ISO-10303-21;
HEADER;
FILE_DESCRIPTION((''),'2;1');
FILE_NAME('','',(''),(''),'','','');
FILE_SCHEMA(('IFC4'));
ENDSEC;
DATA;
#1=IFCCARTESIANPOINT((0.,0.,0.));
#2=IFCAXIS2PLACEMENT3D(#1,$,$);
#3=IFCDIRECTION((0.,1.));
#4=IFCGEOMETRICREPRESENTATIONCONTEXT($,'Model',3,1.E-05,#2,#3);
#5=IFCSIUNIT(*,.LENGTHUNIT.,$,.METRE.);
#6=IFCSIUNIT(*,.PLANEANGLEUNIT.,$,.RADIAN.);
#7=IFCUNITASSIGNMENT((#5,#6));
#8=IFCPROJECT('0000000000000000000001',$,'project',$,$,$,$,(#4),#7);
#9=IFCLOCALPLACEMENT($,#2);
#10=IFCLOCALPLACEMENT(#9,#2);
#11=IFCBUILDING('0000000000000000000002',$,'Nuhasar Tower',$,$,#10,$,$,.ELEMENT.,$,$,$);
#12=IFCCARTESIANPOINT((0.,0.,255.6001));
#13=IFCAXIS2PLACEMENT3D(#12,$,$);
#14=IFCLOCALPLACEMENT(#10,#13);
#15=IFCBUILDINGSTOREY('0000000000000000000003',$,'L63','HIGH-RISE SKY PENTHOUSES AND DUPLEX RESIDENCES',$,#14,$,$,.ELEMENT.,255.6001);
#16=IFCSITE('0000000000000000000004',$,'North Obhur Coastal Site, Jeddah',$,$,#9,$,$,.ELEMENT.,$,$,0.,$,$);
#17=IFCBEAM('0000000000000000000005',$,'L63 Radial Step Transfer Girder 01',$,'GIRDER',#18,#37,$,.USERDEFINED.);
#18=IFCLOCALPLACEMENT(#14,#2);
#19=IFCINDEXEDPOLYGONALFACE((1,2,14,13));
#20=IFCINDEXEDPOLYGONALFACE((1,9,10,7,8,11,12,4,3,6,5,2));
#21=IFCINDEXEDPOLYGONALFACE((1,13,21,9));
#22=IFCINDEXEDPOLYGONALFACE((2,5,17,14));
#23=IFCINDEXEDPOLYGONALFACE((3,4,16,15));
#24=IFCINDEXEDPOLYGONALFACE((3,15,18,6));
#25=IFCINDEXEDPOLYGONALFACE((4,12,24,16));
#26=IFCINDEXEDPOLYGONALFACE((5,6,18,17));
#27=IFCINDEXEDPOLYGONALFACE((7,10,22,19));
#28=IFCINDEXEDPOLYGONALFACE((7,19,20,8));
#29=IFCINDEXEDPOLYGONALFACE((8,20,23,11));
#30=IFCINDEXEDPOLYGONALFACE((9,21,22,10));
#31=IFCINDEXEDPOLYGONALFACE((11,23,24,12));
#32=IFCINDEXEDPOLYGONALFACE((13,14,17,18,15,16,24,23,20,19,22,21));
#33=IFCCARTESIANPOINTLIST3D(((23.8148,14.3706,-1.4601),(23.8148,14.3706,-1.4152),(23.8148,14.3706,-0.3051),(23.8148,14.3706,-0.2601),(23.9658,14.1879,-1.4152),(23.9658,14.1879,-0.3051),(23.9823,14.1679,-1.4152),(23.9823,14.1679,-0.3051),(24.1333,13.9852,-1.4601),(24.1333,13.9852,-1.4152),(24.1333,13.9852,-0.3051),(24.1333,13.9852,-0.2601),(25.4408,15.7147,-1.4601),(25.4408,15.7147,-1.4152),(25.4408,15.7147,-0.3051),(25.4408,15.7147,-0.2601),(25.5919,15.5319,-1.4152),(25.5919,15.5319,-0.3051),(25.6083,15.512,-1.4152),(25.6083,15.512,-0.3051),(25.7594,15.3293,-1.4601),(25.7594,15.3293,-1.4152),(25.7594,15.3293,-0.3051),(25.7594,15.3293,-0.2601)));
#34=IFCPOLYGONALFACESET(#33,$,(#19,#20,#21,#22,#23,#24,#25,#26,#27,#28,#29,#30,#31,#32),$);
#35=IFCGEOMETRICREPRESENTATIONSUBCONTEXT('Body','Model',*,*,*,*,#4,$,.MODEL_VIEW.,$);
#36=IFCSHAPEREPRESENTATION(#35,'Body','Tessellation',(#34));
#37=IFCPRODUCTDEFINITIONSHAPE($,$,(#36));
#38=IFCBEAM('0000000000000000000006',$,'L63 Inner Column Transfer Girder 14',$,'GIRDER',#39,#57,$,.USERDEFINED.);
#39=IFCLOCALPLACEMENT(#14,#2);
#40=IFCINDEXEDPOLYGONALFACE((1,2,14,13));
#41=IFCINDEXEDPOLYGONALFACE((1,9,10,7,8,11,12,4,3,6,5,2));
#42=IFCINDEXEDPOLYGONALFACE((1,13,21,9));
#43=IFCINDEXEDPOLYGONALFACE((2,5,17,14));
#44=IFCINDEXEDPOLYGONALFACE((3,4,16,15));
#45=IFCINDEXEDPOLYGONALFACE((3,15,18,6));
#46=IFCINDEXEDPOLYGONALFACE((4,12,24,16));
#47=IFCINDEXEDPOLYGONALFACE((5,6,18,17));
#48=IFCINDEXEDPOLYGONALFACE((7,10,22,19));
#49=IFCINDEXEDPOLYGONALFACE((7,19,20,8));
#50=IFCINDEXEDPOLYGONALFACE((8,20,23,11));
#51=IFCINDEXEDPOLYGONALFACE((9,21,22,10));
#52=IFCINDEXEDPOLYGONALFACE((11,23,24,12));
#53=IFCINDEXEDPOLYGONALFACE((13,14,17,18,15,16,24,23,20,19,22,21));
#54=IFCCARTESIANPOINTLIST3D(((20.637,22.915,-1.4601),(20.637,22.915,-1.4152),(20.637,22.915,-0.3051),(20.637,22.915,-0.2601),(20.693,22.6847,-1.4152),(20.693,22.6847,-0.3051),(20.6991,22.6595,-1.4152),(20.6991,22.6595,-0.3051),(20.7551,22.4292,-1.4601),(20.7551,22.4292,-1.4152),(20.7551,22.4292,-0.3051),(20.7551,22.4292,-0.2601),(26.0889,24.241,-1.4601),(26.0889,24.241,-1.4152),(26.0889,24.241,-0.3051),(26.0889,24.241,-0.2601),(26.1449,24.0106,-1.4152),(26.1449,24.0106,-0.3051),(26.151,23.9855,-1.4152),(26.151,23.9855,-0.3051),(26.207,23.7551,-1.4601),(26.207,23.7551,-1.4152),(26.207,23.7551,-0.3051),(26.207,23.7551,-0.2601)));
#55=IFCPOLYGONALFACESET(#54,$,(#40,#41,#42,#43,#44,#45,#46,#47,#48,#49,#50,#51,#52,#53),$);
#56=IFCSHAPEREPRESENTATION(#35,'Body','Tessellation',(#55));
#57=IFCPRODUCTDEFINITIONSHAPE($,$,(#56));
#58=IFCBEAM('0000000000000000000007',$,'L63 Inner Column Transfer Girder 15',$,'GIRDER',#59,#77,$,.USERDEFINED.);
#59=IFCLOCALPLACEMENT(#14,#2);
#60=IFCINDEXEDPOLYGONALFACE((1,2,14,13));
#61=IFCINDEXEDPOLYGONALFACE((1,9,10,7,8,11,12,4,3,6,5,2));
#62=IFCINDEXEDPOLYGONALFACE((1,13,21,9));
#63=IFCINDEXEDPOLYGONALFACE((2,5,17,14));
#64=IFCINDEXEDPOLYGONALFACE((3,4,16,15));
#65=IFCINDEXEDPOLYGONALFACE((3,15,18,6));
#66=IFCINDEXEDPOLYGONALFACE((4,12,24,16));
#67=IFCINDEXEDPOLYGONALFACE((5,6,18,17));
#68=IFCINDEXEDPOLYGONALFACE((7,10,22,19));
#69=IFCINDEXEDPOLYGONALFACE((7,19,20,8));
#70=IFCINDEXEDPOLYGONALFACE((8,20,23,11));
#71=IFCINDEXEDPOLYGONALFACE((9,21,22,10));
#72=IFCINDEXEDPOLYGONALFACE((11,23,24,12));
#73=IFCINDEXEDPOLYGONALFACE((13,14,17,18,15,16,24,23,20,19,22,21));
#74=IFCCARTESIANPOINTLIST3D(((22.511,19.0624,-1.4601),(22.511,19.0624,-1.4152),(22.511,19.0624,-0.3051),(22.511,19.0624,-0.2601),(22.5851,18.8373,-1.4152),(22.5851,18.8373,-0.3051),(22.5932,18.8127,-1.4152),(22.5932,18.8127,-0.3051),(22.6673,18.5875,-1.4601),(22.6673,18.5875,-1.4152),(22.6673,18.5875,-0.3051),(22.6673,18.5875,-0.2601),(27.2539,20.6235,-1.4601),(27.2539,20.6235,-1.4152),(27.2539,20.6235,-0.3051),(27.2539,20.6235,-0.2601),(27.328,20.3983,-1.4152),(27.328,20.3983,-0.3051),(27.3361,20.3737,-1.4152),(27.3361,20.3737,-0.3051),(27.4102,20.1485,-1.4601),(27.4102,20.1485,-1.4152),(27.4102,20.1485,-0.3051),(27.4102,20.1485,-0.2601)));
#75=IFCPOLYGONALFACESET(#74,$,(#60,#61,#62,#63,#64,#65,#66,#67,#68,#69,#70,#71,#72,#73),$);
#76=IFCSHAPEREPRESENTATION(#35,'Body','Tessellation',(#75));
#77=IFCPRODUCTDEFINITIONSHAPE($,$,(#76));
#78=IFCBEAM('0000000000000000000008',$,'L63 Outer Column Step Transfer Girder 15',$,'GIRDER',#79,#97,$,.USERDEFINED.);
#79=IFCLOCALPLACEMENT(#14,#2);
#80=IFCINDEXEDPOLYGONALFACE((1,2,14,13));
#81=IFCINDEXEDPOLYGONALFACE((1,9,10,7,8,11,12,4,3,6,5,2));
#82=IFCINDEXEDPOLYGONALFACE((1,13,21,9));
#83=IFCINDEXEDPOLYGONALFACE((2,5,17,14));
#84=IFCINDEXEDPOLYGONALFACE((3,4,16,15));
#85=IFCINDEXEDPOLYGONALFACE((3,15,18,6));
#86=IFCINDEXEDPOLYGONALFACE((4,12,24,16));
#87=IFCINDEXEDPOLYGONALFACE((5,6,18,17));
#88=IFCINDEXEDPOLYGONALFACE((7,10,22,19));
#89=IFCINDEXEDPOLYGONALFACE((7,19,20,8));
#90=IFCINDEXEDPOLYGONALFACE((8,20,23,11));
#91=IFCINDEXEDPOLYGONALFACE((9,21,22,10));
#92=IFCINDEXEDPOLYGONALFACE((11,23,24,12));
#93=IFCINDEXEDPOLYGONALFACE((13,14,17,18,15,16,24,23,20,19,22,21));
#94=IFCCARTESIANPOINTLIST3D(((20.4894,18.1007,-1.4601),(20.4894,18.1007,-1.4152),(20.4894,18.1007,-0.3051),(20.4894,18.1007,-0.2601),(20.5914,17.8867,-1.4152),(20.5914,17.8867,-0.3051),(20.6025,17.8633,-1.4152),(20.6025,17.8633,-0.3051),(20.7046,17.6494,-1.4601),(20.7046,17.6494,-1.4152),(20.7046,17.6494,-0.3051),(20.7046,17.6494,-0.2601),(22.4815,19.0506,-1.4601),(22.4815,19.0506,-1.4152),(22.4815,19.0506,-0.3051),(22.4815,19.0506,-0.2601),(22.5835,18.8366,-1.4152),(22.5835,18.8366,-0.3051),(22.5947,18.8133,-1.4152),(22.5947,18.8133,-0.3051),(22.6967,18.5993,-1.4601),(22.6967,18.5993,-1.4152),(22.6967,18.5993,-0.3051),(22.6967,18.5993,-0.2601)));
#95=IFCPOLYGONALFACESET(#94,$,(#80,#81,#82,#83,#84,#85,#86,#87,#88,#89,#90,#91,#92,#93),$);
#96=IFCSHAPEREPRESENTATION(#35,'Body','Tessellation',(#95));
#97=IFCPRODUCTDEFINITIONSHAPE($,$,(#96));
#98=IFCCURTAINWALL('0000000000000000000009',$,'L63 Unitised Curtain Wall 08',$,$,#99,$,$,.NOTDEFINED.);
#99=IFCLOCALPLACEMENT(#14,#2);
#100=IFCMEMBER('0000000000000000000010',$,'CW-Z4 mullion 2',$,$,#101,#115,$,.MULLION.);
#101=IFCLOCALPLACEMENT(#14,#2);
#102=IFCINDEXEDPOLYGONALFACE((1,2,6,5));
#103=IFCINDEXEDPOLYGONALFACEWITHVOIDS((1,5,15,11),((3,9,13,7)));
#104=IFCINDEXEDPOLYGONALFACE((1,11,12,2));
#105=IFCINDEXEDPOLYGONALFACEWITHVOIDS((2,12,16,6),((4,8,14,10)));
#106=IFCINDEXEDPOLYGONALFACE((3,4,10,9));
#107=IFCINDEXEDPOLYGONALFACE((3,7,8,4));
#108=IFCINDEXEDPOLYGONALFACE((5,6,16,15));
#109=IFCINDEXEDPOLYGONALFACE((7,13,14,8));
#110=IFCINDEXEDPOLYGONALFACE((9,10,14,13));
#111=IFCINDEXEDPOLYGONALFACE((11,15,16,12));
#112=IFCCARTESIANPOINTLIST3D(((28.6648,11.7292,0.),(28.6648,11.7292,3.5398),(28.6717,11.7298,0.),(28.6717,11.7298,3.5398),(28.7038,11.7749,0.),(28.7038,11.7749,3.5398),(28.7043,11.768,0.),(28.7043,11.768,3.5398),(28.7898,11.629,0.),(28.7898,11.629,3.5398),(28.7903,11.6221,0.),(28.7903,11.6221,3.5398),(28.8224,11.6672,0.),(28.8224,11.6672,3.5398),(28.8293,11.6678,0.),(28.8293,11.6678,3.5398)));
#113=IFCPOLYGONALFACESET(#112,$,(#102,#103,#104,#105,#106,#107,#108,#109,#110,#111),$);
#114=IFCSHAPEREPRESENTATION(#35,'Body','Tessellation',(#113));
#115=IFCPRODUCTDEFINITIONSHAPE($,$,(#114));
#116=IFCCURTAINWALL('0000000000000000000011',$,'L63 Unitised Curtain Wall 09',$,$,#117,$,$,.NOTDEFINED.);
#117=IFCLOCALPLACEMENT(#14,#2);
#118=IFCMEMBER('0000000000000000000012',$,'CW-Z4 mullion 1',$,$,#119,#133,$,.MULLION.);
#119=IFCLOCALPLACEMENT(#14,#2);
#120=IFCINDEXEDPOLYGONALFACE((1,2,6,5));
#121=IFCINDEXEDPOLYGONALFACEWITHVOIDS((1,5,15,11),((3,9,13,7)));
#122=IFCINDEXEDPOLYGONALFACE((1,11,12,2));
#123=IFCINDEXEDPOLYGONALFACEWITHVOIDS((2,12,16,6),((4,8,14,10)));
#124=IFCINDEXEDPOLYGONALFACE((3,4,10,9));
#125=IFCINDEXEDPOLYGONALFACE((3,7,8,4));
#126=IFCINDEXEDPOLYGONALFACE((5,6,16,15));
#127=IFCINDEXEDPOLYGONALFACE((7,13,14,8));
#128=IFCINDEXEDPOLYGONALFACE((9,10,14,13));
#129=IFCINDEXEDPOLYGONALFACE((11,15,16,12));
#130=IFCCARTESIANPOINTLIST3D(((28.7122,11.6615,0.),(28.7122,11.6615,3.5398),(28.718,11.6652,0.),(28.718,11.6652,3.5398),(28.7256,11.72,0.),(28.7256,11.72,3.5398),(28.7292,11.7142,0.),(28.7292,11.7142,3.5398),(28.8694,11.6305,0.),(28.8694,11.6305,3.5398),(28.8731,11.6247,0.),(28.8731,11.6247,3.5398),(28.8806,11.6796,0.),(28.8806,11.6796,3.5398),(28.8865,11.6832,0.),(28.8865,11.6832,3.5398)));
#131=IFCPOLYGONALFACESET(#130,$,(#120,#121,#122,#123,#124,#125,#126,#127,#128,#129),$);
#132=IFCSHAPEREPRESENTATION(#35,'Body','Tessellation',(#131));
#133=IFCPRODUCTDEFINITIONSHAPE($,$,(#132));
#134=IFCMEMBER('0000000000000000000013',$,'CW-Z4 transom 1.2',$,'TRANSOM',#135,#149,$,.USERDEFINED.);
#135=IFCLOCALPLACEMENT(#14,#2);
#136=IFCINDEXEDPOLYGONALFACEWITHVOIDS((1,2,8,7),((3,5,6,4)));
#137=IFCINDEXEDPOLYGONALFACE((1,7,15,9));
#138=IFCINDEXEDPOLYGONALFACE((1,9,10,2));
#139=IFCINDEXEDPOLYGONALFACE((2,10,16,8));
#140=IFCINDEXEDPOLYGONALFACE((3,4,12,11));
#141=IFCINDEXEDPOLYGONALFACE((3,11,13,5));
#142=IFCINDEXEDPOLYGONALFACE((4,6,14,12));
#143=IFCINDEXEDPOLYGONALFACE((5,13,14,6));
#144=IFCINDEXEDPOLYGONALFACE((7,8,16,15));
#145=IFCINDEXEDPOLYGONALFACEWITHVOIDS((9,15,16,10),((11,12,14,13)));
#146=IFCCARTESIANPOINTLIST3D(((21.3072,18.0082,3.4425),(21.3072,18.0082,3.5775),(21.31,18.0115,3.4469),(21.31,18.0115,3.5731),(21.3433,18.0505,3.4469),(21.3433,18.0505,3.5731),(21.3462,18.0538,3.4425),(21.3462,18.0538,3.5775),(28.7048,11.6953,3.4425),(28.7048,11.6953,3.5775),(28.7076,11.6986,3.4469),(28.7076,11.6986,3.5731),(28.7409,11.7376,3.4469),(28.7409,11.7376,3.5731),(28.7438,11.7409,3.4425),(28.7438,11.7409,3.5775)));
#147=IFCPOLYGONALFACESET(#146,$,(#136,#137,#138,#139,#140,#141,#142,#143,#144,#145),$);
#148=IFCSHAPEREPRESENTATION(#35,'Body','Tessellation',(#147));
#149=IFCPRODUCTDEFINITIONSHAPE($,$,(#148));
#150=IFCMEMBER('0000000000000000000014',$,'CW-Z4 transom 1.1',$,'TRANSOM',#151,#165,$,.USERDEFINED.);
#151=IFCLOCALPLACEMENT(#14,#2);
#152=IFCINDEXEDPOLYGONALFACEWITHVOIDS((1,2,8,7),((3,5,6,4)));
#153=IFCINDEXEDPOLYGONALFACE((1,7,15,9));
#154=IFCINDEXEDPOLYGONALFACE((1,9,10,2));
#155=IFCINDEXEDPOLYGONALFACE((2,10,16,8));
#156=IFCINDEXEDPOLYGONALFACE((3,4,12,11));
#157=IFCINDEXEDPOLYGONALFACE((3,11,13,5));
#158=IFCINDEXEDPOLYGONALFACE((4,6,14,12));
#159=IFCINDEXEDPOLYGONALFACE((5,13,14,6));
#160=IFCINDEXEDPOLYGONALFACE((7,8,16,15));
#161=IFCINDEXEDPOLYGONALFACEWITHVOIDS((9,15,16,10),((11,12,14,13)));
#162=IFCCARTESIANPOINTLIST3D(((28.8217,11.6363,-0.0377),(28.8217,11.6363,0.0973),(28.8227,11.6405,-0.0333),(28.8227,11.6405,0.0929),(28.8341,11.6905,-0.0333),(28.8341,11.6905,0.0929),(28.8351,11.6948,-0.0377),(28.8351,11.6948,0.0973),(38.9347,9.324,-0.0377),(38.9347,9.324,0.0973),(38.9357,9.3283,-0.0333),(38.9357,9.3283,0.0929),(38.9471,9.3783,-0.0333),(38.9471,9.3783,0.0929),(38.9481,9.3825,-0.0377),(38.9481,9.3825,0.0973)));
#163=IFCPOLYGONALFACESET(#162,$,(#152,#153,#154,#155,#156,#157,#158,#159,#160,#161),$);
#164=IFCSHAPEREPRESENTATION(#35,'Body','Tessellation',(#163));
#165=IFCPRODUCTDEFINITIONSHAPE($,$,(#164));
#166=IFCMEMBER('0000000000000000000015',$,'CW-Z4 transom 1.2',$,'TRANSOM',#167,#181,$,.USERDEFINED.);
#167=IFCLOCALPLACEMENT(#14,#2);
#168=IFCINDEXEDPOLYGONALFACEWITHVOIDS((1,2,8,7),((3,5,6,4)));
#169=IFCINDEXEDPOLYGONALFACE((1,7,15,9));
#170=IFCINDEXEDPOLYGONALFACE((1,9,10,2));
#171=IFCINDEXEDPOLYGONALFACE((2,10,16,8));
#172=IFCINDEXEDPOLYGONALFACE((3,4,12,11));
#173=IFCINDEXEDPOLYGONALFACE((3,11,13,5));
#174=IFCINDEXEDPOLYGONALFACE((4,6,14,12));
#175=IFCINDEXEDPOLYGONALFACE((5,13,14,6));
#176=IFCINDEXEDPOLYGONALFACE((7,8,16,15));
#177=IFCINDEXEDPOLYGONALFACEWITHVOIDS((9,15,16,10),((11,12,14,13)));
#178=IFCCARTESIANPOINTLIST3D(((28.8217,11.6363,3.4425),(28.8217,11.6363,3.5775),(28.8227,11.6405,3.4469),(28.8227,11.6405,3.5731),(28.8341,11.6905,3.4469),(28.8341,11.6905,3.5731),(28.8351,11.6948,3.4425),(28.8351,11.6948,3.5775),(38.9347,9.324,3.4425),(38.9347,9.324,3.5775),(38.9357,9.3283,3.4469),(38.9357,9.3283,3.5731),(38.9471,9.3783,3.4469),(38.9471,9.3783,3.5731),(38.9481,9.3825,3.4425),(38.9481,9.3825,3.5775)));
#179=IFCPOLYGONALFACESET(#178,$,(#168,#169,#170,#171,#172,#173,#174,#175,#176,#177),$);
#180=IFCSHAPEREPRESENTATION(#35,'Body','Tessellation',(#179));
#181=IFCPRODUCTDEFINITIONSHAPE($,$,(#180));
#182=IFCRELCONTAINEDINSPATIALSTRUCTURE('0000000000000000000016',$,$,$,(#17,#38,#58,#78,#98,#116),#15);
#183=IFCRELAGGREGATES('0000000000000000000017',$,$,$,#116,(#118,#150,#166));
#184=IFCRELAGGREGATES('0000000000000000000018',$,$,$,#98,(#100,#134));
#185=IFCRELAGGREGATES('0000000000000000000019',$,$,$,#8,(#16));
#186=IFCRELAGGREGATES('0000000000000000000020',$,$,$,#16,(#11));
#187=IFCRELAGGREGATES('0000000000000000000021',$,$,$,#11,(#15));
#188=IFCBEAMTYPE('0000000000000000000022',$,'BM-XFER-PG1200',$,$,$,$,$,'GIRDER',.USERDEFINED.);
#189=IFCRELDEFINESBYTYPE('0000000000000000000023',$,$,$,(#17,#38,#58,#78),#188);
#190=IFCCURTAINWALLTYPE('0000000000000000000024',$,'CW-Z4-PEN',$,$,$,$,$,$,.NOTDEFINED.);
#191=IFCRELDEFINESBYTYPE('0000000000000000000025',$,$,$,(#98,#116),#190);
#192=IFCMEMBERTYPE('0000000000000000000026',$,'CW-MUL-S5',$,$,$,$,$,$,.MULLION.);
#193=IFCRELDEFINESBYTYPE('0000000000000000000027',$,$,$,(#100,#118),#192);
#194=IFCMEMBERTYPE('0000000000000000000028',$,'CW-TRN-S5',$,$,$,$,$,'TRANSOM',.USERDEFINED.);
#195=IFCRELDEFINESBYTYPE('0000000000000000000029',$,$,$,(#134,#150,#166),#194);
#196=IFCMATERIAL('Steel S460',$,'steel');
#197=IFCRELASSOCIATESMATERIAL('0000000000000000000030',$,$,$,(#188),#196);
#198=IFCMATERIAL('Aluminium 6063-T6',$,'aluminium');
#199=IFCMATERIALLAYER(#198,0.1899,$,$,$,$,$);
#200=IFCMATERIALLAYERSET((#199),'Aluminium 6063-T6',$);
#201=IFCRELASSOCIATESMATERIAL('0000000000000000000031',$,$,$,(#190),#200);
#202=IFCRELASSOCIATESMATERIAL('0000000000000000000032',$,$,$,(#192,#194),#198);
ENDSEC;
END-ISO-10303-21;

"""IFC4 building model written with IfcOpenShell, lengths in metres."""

from ifc_helpers import new_model, si_unit, direction, frame, origin, origin_2d, place, context, subcontext, project, spatial, hollow_rectangle, i_section, extrude, material, layer, layer_set, material_profile, profile_set, type_object, element, aggregate, save


model = new_model("IFC4")

# Units and contexts
model_context = context("Model", 3, precision=1e-05, world=origin(), true_north=direction((0.0, 1.0)))
body_context = subcontext(model_context, "Body", "Model", "MODEL_VIEW")
ifc_project = project(units=[si_unit("LENGTHUNIT", "METRE"), si_unit("PLANEANGLEUNIT", "RADIAN")], contexts=[model_context])

# Site, building, storey
site_placement = place(None, origin())
site = spatial("IfcSite", under=ifc_project, at=site_placement, Name="North Obhur Coastal Site, Jeddah", CompositionType="ELEMENT", RefElevation=0.0)
building_placement = place(site_placement, origin())
building = spatial("IfcBuilding", under=site, at=building_placement, Name="Nuhasar Tower", CompositionType="ELEMENT")
storey_placement = place(building_placement, frame((0.0, 0.0, 255.6001)))
storey = spatial("IfcBuildingStorey", under=building, at=storey_placement, Name="L63", Description="HIGH-RISE SKY PENTHOUSES AND DUPLEX RESIDENCES", CompositionType="ELEMENT", Elevation=255.6001)

# Beams
ifc_material_1 = material(Name="Steel S460", Category="steel")
ifc_material_profile_1 = material_profile(ifc_material_1, i_section(OverallWidth=0.5, OverallDepth=1.2, WebThickness=0.0259, FlangeThickness=0.0449, at=origin_2d()), Name="PG1200X500")
ifc_profile_set_1 = profile_set([ifc_material_profile_1], Name="Steel S460")
beam_type_1 = type_object("IfcBeamType", Name="BM-XFER-PG1200", ElementType="GIRDER", PredefinedType="USERDEFINED", material=ifc_profile_set_1)
beam_1_placement = place(storey_placement, frame((25.6001, 15.522, -0.8601), z_axis=(-0.770776, -0.637106, 0.0), x_axis=(0.637106, -0.770776, 0.0)))
element("IfcBeam", 1, at=beam_1_placement, inside=storey, type_object=beam_type_1, Name="L63 Radial Step Transfer Girder 01", ObjectType="GIRDER", PredefinedType="USERDEFINED", context=body_context, shape_type="SweptSolid", body=[
    extrude(i_section(OverallWidth=0.5, OverallDepth=1.2, WebThickness=0.0259, FlangeThickness=0.0449, at=origin_2d()), origin(), (0.0, 0.0, 1.0), 2.1096),
])
beam_2_placement = place(storey_placement, frame((26.1479, 23.998, -0.8601), z_axis=(-0.971676, -0.236316, 0.0), x_axis=(0.236316, -0.971676, 0.0)))
element("IfcBeam", 2, at=beam_2_placement, inside=storey, type_object=beam_type_1, Name="L63 Inner Column Transfer Girder 14", ObjectType="GIRDER", PredefinedType="USERDEFINED", context=body_context, shape_type="SweptSolid", body=[
    extrude(i_section(OverallWidth=0.5, OverallDepth=1.2, WebThickness=0.0259, FlangeThickness=0.0449, at=origin_2d()), origin(), (0.0, 0.0, 1.0), 5.6108),
])
beam_3_placement = place(storey_placement, frame((27.332, 20.386, -0.8601), z_axis=(-0.949874, -0.312632, 0.0), x_axis=(0.312632, -0.949874, 0.0)))
element("IfcBeam", 3, at=beam_3_placement, inside=storey, type_object=beam_type_1, Name="L63 Inner Column Transfer Girder 15", ObjectType="GIRDER", PredefinedType="USERDEFINED", context=body_context, shape_type="SweptSolid", body=[
    extrude(i_section(OverallWidth=0.5, OverallDepth=1.2, WebThickness=0.0259, FlangeThickness=0.0449, at=origin_2d()), origin(), (0.0, 0.0, 1.0), 4.9932),
])
beam_4_placement = place(storey_placement, frame((22.5891, 18.825, -0.8601), z_axis=(-0.902633, -0.43041, 0.0), x_axis=(0.43041, -0.902633, 0.0)))
element("IfcBeam", 4, at=beam_4_placement, inside=storey, type_object=beam_type_1, Name="L63 Outer Column Step Transfer Girder 15", ObjectType="GIRDER", PredefinedType="USERDEFINED", context=body_context, shape_type="SweptSolid", body=[
    extrude(i_section(OverallWidth=0.5, OverallDepth=1.2, WebThickness=0.0259, FlangeThickness=0.0449, at=origin_2d()), origin(), (0.0, 0.0, 1.0), 2.207),
])

# Curtain walls, members
ifc_material_2 = material(Name="Aluminium 6063-T6", Category="aluminium")
ifc_layer_1 = layer(ifc_material_2, 0.1899)
ifc_layer_set_1 = layer_set([ifc_layer_1], Name="Aluminium 6063-T6")
curtain_wall_type = type_object("IfcCurtainWallType", Name="CW-Z4-PEN", PredefinedType="NOTDEFINED", material=ifc_layer_set_1)
curtain_wall_1_placement = place(storey_placement, origin())
curtain_wall_1 = element("IfcCurtainWall", 5, at=curtain_wall_1_placement, inside=storey, type_object=curtain_wall_type, Name="L63 Unitised Curtain Wall 08", PredefinedType="NOTDEFINED")
ifc_material_profile_2 = material_profile(ifc_material_2, hollow_rectangle(XDim=0.0601, YDim=0.165, WallThickness=0.0049, at=origin_2d()), Name="CWM-5")
ifc_profile_set_2 = profile_set([ifc_material_profile_2], Name="Aluminium 6063-T6")
member_type_1 = type_object("IfcMemberType", Name="CW-MUL-S5", PredefinedType="MULLION", material=ifc_profile_set_2)
member_1_placement = place(storey_placement, frame((28.7471, 11.6985, 0.0), z_axis=(0.0, 0.0, 1.0), x_axis=(0.649142, 0.760667, 0.0)))
member_1 = element("IfcMember", 6, at=member_1_placement, type_object=member_type_1, Name="CW-Z4 mullion 2", PredefinedType="MULLION", context=body_context, shape_type="SweptSolid", body=[
    extrude(hollow_rectangle(XDim=0.0601, YDim=0.165, WallThickness=0.0049, at=origin_2d()), origin(), (0.0, 0.0, 1.0), 3.5398),
])
curtain_wall_2_placement = place(storey_placement, origin())
curtain_wall_2 = element("IfcCurtainWall", 7, at=curtain_wall_2_placement, inside=storey, type_object=curtain_wall_type, Name="L63 Unitised Curtain Wall 09", PredefinedType="NOTDEFINED")
member_2_placement = place(storey_placement, frame((28.7993, 11.6724, 0.0), z_axis=(0.0, 0.0, 1.0), x_axis=(0.222889, 0.974844, 0.0)))
member_2 = element("IfcMember", 8, at=member_2_placement, type_object=member_type_1, Name="CW-Z4 mullion 1", PredefinedType="MULLION", context=body_context, shape_type="SweptSolid", body=[
    extrude(hollow_rectangle(XDim=0.0601, YDim=0.165, WallThickness=0.0049, at=origin_2d()), origin(), (0.0, 0.0, 1.0), 3.5398),
])

# Members
ifc_material_profile_3 = material_profile(ifc_material_2, hollow_rectangle(XDim=0.0601, YDim=0.135, WallThickness=0.0044, at=origin_2d()), Name="CWT-5")
ifc_profile_set_3 = profile_set([ifc_material_profile_3], Name="Aluminium 6063-T6")
member_type_2 = type_object("IfcMemberType", Name="CW-TRN-S5", ElementType="TRANSOM", PredefinedType="USERDEFINED", material=ifc_profile_set_3)
member_3_placement = place(storey_placement, frame((21.3267, 18.031, 3.51), z_axis=(0.760672, -0.649136, 0.0), x_axis=(0.649136, 0.760672, 0.0)))
member_3 = element("IfcMember", 9, at=member_3_placement, type_object=member_type_2, Name="CW-Z4 transom 1.2", ObjectType="TRANSOM", PredefinedType="USERDEFINED", context=body_context, shape_type="SweptSolid", body=[
    extrude(hollow_rectangle(XDim=0.0601, YDim=0.135, WallThickness=0.0044, at=origin_2d()), origin(), (0.0, 0.0, 1.0), 9.7251),
])
member_4_placement = place(storey_placement, frame((28.8284, 11.6655, 0.0298), z_axis=(0.974844, -0.222889, 0.0), x_axis=(0.222889, 0.974844, 0.0)))
member_4 = element("IfcMember", 10, at=member_4_placement, type_object=member_type_2, Name="CW-Z4 transom 1.1", ObjectType="TRANSOM", PredefinedType="USERDEFINED", context=body_context, shape_type="SweptSolid", body=[
    extrude(hollow_rectangle(XDim=0.0601, YDim=0.135, WallThickness=0.0044, at=origin_2d()), origin(), (0.0, 0.0, 1.0), 10.374),
])
member_5_placement = place(storey_placement, frame((28.8284, 11.6655, 3.51), z_axis=(0.974844, -0.222889, 0.0), x_axis=(0.222889, 0.974844, 0.0)))
member_5 = element("IfcMember", 11, at=member_5_placement, type_object=member_type_2, Name="CW-Z4 transom 1.2", ObjectType="TRANSOM", PredefinedType="USERDEFINED", context=body_context, shape_type="SweptSolid", body=[
    extrude(hollow_rectangle(XDim=0.0601, YDim=0.135, WallThickness=0.0044, at=origin_2d()), origin(), (0.0, 0.0, 1.0), 10.374),
])
aggregate(curtain_wall_2, [member_2, member_4, member_5])

aggregate(curtain_wall_1, [member_1, member_3])

save(model, "model.ifc")
